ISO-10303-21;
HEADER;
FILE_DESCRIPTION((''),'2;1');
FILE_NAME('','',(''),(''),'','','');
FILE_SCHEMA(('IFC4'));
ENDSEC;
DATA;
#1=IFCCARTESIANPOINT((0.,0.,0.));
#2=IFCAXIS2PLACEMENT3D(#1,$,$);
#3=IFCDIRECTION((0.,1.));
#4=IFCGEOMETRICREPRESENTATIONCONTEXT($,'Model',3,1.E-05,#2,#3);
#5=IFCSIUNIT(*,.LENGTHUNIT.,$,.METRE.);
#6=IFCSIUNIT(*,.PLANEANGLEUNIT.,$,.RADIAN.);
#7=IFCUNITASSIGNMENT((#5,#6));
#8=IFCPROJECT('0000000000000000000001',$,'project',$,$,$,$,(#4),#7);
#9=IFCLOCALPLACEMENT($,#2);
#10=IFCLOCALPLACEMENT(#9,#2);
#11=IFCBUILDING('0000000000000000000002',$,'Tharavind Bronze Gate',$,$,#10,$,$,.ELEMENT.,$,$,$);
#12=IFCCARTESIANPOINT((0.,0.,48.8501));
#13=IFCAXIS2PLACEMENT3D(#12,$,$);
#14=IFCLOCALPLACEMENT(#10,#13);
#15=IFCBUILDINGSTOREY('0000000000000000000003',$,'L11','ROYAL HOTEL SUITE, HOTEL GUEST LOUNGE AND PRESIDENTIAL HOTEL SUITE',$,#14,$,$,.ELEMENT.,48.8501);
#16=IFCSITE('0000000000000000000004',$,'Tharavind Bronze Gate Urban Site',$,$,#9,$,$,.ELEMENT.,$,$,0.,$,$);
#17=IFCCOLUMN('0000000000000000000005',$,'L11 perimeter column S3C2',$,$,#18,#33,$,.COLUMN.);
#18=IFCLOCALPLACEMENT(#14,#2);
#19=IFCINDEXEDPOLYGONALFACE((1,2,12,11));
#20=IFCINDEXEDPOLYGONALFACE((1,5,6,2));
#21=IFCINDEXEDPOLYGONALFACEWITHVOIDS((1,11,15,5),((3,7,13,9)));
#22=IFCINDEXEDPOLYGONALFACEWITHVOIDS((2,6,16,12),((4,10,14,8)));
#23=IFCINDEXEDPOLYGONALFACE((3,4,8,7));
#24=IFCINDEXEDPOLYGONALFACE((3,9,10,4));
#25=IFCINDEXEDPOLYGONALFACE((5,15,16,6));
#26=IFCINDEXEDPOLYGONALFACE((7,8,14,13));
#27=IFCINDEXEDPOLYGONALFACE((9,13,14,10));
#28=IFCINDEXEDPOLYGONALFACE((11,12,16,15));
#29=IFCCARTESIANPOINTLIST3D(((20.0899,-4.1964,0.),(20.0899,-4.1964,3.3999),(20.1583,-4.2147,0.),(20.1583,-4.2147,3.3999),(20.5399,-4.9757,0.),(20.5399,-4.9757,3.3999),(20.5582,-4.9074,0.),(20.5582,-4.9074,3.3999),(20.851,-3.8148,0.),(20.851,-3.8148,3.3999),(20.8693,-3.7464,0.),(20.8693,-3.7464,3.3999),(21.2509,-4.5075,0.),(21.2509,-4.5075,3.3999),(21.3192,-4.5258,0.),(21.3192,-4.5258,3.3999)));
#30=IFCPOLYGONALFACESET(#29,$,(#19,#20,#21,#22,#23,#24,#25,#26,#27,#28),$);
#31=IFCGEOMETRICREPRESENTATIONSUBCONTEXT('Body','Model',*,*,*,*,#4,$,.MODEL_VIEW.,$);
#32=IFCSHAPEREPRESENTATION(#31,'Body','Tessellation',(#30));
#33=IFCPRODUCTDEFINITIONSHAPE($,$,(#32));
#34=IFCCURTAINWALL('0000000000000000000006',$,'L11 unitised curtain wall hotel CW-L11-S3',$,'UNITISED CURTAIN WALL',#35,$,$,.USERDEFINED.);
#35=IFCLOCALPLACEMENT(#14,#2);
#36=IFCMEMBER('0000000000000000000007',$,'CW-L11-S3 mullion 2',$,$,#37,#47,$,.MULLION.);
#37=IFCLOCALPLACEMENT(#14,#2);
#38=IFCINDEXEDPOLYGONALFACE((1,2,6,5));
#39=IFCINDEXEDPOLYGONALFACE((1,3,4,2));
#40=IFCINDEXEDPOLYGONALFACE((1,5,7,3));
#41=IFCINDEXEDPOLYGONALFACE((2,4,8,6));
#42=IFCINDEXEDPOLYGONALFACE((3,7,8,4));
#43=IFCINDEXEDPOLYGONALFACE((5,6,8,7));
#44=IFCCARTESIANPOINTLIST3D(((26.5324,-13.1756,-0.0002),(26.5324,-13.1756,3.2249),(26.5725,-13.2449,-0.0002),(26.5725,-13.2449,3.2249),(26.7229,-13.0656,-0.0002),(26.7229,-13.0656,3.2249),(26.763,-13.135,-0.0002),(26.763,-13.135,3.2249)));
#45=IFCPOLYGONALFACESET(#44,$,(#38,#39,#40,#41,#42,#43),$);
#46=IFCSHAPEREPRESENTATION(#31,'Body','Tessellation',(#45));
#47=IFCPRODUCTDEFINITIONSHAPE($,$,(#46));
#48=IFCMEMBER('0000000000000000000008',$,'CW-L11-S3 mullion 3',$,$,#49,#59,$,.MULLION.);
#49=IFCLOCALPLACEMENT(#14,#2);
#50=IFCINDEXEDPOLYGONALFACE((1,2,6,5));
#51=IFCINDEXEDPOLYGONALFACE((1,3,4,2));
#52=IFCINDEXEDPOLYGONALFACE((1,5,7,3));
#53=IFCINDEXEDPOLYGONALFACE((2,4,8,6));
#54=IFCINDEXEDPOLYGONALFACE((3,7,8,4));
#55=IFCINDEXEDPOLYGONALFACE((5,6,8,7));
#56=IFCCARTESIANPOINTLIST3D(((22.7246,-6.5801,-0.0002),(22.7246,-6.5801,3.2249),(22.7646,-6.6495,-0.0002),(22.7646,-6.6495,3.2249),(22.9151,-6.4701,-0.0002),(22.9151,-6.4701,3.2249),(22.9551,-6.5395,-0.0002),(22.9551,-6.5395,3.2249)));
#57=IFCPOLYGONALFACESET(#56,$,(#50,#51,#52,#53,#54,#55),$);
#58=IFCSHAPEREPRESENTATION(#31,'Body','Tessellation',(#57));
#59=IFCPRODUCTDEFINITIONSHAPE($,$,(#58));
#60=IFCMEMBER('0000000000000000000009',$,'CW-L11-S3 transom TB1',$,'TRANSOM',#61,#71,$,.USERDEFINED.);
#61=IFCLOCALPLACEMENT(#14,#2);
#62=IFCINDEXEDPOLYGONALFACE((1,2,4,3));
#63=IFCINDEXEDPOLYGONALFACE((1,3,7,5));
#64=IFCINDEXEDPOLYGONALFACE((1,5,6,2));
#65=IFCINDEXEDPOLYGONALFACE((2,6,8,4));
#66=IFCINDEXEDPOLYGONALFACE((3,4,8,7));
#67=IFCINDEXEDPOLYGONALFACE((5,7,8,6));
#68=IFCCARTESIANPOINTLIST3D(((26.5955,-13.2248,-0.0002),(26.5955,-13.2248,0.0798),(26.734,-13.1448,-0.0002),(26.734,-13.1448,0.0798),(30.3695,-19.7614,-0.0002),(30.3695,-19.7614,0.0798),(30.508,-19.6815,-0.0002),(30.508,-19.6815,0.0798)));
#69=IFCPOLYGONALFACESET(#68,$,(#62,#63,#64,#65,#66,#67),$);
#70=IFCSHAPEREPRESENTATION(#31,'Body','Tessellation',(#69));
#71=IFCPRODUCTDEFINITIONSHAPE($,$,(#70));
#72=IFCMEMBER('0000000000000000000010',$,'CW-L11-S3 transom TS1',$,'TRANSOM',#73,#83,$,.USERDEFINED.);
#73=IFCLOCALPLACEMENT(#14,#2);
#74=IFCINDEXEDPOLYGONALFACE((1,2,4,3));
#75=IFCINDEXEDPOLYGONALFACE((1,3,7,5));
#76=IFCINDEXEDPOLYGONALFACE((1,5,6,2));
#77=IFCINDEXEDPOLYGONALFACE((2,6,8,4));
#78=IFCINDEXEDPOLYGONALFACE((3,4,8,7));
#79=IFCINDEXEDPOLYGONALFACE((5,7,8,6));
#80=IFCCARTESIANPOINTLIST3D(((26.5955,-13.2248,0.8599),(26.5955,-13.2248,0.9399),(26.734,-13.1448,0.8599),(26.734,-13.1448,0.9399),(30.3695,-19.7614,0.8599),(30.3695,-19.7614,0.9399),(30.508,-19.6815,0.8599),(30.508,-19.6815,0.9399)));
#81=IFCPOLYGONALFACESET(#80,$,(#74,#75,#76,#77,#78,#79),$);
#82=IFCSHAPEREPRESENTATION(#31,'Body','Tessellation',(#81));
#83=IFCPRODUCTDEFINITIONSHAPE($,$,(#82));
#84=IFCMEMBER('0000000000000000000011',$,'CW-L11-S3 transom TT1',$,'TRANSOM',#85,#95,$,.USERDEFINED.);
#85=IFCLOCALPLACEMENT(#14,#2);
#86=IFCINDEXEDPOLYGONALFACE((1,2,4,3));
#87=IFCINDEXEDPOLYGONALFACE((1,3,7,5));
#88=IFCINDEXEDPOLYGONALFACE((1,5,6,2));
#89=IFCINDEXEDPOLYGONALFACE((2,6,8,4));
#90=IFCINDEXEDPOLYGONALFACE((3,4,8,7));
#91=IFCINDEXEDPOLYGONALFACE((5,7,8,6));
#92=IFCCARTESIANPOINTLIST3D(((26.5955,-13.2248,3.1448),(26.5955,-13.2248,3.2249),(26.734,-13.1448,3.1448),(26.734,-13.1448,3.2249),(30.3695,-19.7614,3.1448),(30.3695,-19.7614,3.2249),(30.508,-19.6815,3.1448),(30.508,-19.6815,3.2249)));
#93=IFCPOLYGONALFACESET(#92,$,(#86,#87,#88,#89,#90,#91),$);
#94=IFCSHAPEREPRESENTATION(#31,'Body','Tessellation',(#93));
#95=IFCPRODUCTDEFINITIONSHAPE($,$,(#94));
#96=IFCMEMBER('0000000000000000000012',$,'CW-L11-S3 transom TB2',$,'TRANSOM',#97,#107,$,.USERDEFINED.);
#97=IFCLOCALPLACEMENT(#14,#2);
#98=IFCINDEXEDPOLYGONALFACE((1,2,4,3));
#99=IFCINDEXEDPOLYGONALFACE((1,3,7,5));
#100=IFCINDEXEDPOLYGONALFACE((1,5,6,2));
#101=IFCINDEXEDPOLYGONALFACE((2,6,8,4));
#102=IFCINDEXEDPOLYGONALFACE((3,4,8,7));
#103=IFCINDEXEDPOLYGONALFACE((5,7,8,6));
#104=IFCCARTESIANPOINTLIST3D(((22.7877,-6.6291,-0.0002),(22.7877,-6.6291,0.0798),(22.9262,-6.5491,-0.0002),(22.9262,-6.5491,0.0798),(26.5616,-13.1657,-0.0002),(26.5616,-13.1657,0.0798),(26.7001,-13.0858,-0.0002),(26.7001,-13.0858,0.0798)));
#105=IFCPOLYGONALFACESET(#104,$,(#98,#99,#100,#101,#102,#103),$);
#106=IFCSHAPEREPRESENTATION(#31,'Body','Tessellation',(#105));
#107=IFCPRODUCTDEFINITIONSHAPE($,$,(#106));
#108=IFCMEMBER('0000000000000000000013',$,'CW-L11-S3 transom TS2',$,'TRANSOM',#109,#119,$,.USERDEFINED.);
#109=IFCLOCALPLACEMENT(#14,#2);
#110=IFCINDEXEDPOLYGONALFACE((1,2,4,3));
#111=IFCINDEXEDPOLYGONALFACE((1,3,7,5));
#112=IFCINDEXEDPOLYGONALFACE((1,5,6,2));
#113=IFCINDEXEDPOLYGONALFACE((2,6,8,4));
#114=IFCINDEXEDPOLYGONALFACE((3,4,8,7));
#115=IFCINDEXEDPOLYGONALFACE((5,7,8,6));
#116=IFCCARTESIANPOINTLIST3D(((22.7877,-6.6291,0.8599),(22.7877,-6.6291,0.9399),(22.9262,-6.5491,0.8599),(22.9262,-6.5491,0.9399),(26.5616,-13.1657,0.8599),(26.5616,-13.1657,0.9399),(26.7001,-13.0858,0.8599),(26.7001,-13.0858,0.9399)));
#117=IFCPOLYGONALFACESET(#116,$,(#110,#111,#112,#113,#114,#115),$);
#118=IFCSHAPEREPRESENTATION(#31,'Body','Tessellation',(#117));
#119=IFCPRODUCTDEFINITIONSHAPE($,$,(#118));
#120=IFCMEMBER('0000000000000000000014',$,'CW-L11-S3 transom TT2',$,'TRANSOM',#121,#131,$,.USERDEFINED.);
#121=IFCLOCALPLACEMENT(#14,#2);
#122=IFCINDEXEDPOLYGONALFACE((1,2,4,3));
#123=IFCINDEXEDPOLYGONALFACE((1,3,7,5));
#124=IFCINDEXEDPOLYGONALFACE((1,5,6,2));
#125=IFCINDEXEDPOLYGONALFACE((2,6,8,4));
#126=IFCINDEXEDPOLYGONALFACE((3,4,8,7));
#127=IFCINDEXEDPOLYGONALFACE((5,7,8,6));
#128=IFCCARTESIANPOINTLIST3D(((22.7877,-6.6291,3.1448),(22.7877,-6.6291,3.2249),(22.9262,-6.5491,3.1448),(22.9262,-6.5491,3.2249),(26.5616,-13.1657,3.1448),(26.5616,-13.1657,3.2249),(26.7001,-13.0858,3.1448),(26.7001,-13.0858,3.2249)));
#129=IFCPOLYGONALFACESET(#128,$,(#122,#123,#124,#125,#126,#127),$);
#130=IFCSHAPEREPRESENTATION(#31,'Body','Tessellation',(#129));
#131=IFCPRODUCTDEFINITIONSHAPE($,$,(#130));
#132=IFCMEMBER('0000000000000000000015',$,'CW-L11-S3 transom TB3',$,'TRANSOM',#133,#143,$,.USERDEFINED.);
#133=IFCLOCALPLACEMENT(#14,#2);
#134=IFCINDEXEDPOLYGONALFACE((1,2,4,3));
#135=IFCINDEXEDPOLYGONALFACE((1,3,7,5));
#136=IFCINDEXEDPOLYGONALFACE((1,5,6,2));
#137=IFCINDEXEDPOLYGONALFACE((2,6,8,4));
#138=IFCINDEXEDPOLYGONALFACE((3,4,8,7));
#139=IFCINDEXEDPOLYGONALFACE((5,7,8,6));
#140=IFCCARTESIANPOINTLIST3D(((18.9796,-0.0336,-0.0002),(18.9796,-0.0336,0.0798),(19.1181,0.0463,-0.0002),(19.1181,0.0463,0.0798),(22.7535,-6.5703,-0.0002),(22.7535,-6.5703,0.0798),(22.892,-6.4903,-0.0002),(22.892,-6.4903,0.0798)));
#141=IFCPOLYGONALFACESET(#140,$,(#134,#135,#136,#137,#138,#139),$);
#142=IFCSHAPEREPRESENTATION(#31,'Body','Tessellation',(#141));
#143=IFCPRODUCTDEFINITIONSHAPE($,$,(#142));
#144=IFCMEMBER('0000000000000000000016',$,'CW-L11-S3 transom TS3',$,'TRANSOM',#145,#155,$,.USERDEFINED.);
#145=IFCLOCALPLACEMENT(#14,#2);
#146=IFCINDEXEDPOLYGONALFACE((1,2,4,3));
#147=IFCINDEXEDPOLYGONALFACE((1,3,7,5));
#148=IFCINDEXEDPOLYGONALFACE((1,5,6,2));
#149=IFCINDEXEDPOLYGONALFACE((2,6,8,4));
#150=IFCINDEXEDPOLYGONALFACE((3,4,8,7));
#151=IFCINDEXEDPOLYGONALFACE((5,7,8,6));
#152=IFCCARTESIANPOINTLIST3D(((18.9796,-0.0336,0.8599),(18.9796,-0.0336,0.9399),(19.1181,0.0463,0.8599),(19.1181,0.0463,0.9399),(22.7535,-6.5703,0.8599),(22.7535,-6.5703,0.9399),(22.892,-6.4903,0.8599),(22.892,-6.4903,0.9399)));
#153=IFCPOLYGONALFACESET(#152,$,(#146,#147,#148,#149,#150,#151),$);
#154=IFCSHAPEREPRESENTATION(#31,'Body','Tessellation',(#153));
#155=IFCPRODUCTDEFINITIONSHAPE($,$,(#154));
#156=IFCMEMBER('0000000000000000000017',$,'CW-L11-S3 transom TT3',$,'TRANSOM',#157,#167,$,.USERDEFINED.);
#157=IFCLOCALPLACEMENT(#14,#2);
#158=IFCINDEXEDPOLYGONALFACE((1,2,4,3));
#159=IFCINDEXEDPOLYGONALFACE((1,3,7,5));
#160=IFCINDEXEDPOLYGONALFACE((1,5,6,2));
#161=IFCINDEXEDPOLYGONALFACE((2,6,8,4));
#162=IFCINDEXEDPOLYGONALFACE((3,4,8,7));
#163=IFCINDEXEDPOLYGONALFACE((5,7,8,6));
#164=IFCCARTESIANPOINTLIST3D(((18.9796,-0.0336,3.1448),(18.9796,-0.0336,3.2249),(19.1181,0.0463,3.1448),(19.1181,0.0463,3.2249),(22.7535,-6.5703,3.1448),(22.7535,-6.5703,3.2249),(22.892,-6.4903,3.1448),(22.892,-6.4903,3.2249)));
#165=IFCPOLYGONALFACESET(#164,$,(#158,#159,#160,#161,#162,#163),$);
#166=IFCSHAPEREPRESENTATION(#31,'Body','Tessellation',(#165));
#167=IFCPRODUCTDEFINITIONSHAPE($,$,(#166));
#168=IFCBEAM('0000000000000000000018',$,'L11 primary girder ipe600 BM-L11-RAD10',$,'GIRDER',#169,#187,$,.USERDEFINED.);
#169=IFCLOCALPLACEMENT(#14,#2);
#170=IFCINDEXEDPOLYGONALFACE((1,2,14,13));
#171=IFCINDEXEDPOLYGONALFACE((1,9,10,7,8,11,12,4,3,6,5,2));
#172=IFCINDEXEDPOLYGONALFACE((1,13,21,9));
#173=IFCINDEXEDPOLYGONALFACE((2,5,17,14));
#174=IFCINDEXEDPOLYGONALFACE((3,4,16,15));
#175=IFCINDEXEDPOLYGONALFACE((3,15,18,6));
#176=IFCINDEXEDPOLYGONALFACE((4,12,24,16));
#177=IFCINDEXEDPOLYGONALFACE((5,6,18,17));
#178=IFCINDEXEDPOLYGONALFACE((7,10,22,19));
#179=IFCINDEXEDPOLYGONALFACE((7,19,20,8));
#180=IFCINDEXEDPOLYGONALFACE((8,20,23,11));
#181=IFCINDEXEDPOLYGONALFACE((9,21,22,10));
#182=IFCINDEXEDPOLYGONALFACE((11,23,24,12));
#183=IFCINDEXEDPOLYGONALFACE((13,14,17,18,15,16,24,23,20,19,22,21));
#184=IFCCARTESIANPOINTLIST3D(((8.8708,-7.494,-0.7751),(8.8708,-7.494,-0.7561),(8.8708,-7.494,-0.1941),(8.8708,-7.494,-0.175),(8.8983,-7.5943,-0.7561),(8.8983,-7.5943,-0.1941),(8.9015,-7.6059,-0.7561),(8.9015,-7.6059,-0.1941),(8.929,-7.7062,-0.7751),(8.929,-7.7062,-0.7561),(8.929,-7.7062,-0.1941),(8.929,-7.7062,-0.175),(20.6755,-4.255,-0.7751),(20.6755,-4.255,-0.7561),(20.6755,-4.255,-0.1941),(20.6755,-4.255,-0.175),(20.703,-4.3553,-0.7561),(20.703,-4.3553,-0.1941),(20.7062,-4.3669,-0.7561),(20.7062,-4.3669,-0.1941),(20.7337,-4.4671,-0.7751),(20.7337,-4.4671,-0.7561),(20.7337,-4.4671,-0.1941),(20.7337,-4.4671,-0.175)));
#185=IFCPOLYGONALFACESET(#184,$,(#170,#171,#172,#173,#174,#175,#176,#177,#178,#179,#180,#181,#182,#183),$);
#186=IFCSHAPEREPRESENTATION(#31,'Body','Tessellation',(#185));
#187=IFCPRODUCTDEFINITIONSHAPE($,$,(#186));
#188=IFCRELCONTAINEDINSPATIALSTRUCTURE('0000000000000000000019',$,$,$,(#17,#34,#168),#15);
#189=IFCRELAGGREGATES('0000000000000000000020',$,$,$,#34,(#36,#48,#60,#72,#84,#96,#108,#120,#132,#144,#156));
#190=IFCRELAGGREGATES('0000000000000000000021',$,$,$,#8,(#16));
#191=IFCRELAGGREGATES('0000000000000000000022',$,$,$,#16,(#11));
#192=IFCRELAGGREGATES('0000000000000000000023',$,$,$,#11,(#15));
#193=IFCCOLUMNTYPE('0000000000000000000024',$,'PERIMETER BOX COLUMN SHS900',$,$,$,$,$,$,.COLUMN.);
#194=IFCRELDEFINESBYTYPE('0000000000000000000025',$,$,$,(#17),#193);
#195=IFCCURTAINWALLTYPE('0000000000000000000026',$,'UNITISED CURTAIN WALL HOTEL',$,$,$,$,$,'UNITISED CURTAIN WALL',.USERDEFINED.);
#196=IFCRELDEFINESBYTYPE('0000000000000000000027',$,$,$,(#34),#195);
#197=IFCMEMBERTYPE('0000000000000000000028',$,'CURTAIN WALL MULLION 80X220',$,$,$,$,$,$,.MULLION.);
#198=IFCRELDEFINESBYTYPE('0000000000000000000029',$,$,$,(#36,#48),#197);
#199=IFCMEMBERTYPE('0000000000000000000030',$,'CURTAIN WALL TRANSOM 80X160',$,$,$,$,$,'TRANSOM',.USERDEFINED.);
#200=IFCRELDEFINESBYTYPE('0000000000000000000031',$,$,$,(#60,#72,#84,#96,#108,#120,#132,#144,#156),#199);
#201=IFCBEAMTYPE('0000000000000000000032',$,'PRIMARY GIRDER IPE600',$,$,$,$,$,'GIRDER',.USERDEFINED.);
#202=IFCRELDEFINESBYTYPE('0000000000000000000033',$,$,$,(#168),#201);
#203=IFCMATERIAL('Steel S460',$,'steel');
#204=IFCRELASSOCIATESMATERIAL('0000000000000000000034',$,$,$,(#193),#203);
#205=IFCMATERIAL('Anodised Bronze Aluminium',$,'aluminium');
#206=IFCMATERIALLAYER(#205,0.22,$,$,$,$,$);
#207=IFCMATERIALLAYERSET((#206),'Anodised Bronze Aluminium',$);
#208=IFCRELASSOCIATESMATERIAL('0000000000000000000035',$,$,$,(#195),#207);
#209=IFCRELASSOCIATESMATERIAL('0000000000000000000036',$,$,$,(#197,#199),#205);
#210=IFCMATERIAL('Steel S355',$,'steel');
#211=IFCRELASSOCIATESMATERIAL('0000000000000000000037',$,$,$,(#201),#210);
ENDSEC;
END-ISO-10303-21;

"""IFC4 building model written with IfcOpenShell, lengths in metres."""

from ifc_helpers import new_model, si_unit, direction, frame, origin, origin_2d, place, context, subcontext, project, spatial, rectangle, hollow_rectangle, i_section, extrude, material, layer, layer_set, material_profile, profile_set, type_object, element, aggregate, save


model = new_model("IFC4")

# Units and contexts
model_context = context("Model", 3, precision=1e-05, world=origin(), true_north=direction((0.0, 1.0)))
body_context = subcontext(model_context, "Body", "Model", "MODEL_VIEW")
ifc_project = project(units=[si_unit("LENGTHUNIT", "METRE"), si_unit("PLANEANGLEUNIT", "RADIAN")], contexts=[model_context])

# Site, building, storey
site_placement = place(None, origin())
site = spatial("IfcSite", under=ifc_project, at=site_placement, Name="Tharavind Bronze Gate Urban Site", CompositionType="ELEMENT", RefElevation=0.0)
building_placement = place(site_placement, origin())
building = spatial("IfcBuilding", under=site, at=building_placement, Name="Tharavind Bronze Gate", CompositionType="ELEMENT")
storey_placement = place(building_placement, frame((0.0, 0.0, 48.8501)))
storey = spatial("IfcBuildingStorey", under=building, at=storey_placement, Name="L11", Description="ROYAL HOTEL SUITE, HOTEL GUEST LOUNGE AND PRESIDENTIAL HOTEL SUITE", CompositionType="ELEMENT", Elevation=48.8501)

# Column
ifc_material_1 = material(Name="Steel S460", Category="steel")
ifc_material_profile_1 = material_profile(ifc_material_1, hollow_rectangle(XDim=0.8999, YDim=0.8999, WallThickness=0.05, at=origin_2d()), Name="SHS900X50")
ifc_profile_set_1 = profile_set([ifc_material_profile_1], Name="Steel S460")
column_type = type_object("IfcColumnType", Name="PERIMETER BOX COLUMN SHS900", PredefinedType="COLUMN", material=ifc_profile_set_1)
column_placement = place(storey_placement, frame((20.7046, -4.3611, 0.0), z_axis=(0.0, 0.0, 1.0), x_axis=(-0.500002, 0.866025, 0.0)))
element("IfcColumn", 1, at=column_placement, inside=storey, type_object=column_type, Name="L11 perimeter column S3C2", PredefinedType="COLUMN", context=body_context, shape_type="SweptSolid", body=[
    extrude(hollow_rectangle(XDim=0.8999, YDim=0.8999, WallThickness=0.05, at=origin_2d()), origin(), (0.0, 0.0, 1.0), 3.3999),
])

# Curtain wall, members
ifc_material_2 = material(Name="Anodised Bronze Aluminium", Category="aluminium")
ifc_layer_1 = layer(ifc_material_2, 0.22)
ifc_layer_set_1 = layer_set([ifc_layer_1], Name="Anodised Bronze Aluminium")
curtain_wall_type = type_object("IfcCurtainWallType", Name="UNITISED CURTAIN WALL HOTEL", ElementType="UNITISED CURTAIN WALL", PredefinedType="USERDEFINED", material=ifc_layer_set_1)
curtain_wall_placement = place(storey_placement, origin())
curtain_wall = element("IfcCurtainWall", 2, at=curtain_wall_placement, inside=storey, type_object=curtain_wall_type, Name="L11 unitised curtain wall hotel CW-L11-S3", ObjectType="UNITISED CURTAIN WALL", PredefinedType="USERDEFINED")
member_type_1 = type_object("IfcMemberType", Name="CURTAIN WALL MULLION 80X220", PredefinedType="MULLION", material=ifc_material_2)
member_1_placement = place(storey_placement, frame((26.6477, -13.1553, -0.0002), z_axis=(0.0, 0.0, 1.0), x_axis=(-0.500002, 0.866025, 0.0)))
member_1 = element("IfcMember", 3, at=member_1_placement, type_object=member_type_1, Name="CW-L11-S3 mullion 2", PredefinedType="MULLION", context=body_context, shape_type="SweptSolid", body=[
    extrude(rectangle(XDim=0.0801, YDim=0.22, at=origin_2d()), origin(), (0.0, 0.0, 1.0), 3.2251),
])
member_2_placement = place(storey_placement, frame((22.8398, -6.5598, -0.0002), z_axis=(0.0, 0.0, 1.0), x_axis=(-0.500002, 0.866025, 0.0)))
member_2 = element("IfcMember", 4, at=member_2_placement, type_object=member_type_1, Name="CW-L11-S3 mullion 3", PredefinedType="MULLION", context=body_context, shape_type="SweptSolid", body=[
    extrude(rectangle(XDim=0.0801, YDim=0.22, at=origin_2d()), origin(), (0.0, 0.0, 1.0), 3.2251),
])
member_type_2 = type_object("IfcMemberType", Name="CURTAIN WALL TRANSOM 80X160", ElementType="TRANSOM", PredefinedType="USERDEFINED", material=ifc_material_2)
member_3_placement = place(storey_placement, frame((28.5518, -16.4531, -0.0002), z_axis=(0.0, 0.0, 1.0), x_axis=(-0.500002, 0.866025, 0.0)))
member_3 = element("IfcMember", 5, at=member_3_placement, type_object=member_type_2, Name="CW-L11-S3 transom TB1", ObjectType="TRANSOM", PredefinedType="USERDEFINED", context=body_context, shape_type="SweptSolid", body=[
    extrude(rectangle(XDim=7.5479, YDim=0.1599, at=origin_2d()), origin(), (0.0, 0.0, 1.0), 0.0801),
])
member_4_placement = place(storey_placement, frame((28.5518, -16.4531, 0.8599), z_axis=(0.0, 0.0, 1.0), x_axis=(-0.500002, 0.866025, 0.0)))
member_4 = element("IfcMember", 6, at=member_4_placement, type_object=member_type_2, Name="CW-L11-S3 transom TS1", ObjectType="TRANSOM", PredefinedType="USERDEFINED", context=body_context, shape_type="SweptSolid", body=[
    extrude(rectangle(XDim=7.5479, YDim=0.1599, at=origin_2d()), origin(), (0.0, 0.0, 1.0), 0.0801),
])
member_5_placement = place(storey_placement, frame((28.5518, -16.4531, 3.1448), z_axis=(0.0, 0.0, 1.0), x_axis=(-0.500002, 0.866025, 0.0)))
member_5 = element("IfcMember", 7, at=member_5_placement, type_object=member_type_2, Name="CW-L11-S3 transom TT1", ObjectType="TRANSOM", PredefinedType="USERDEFINED", context=body_context, shape_type="SweptSolid", body=[
    extrude(rectangle(XDim=7.5479, YDim=0.1599, at=origin_2d()), origin(), (0.0, 0.0, 1.0), 0.0801),
])
member_6_placement = place(storey_placement, frame((24.7439, -9.8574, -0.0002), z_axis=(0.0, 0.0, 1.0), x_axis=(-0.500002, 0.866025, 0.0)))
member_6 = element("IfcMember", 8, at=member_6_placement, type_object=member_type_2, Name="CW-L11-S3 transom TB2", ObjectType="TRANSOM", PredefinedType="USERDEFINED", context=body_context, shape_type="SweptSolid", body=[
    extrude(rectangle(XDim=7.5479, YDim=0.1599, at=origin_2d()), origin(), (0.0, 0.0, 1.0), 0.0801),
])
member_7_placement = place(storey_placement, frame((24.7439, -9.8574, 0.8599), z_axis=(0.0, 0.0, 1.0), x_axis=(-0.500002, 0.866025, 0.0)))
member_7 = element("IfcMember", 9, at=member_7_placement, type_object=member_type_2, Name="CW-L11-S3 transom TS2", ObjectType="TRANSOM", PredefinedType="USERDEFINED", context=body_context, shape_type="SweptSolid", body=[
    extrude(rectangle(XDim=7.5479, YDim=0.1599, at=origin_2d()), origin(), (0.0, 0.0, 1.0), 0.0801),
])
member_8_placement = place(storey_placement, frame((24.7439, -9.8574, 3.1448), z_axis=(0.0, 0.0, 1.0), x_axis=(-0.500002, 0.866025, 0.0)))
member_8 = element("IfcMember", 10, at=member_8_placement, type_object=member_type_2, Name="CW-L11-S3 transom TT2", ObjectType="TRANSOM", PredefinedType="USERDEFINED", context=body_context, shape_type="SweptSolid", body=[
    extrude(rectangle(XDim=7.5479, YDim=0.1599, at=origin_2d()), origin(), (0.0, 0.0, 1.0), 0.0801),
])
member_9_placement = place(storey_placement, frame((20.9358, -3.262, -0.0002), z_axis=(0.0, 0.0, 1.0), x_axis=(-0.500002, 0.866025, 0.0)))
member_9 = element("IfcMember", 11, at=member_9_placement, type_object=member_type_2, Name="CW-L11-S3 transom TB3", ObjectType="TRANSOM", PredefinedType="USERDEFINED", context=body_context, shape_type="SweptSolid", body=[
    extrude(rectangle(XDim=7.5479, YDim=0.1599, at=origin_2d()), origin(), (0.0, 0.0, 1.0), 0.0801),
])
member_10_placement = place(storey_placement, frame((20.9358, -3.262, 0.8599), z_axis=(0.0, 0.0, 1.0), x_axis=(-0.500002, 0.866025, 0.0)))
member_10 = element("IfcMember", 12, at=member_10_placement, type_object=member_type_2, Name="CW-L11-S3 transom TS3", ObjectType="TRANSOM", PredefinedType="USERDEFINED", context=body_context, shape_type="SweptSolid", body=[
    extrude(rectangle(XDim=7.5479, YDim=0.1599, at=origin_2d()), origin(), (0.0, 0.0, 1.0), 0.0801),
])
member_11_placement = place(storey_placement, frame((20.9358, -3.262, 3.1448), z_axis=(0.0, 0.0, 1.0), x_axis=(-0.500002, 0.866025, 0.0)))
member_11 = element("IfcMember", 13, at=member_11_placement, type_object=member_type_2, Name="CW-L11-S3 transom TT3", ObjectType="TRANSOM", PredefinedType="USERDEFINED", context=body_context, shape_type="SweptSolid", body=[
    extrude(rectangle(XDim=7.5479, YDim=0.1599, at=origin_2d()), origin(), (0.0, 0.0, 1.0), 0.0801),
])

# Beam
ifc_material_3 = material(Name="Steel S355", Category="steel")
ifc_material_profile_2 = material_profile(ifc_material_3, i_section(OverallWidth=0.22, OverallDepth=0.6001, WebThickness=0.012, FlangeThickness=0.019, at=origin_2d()), Name="IPE600")
ifc_profile_set_2 = profile_set([ifc_material_profile_2], Name="Steel S355")
beam_type_1 = type_object("IfcBeamType", Name="PRIMARY GIRDER IPE600", ElementType="GIRDER", PredefinedType="USERDEFINED", material=ifc_profile_set_2)
beam_1_placement = place(storey_placement, frame((20.7046, -4.3611, -0.4751), z_axis=(-0.964357, -0.264604, 0.0), x_axis=(0.264604, -0.964357, 0.0)))
element("IfcBeam", 14, at=beam_1_placement, inside=storey, type_object=beam_type_1, Name="L11 primary girder ipe600 BM-L11-RAD10", ObjectType="GIRDER", PredefinedType="USERDEFINED", context=body_context, shape_type="SweptSolid", body=[
    extrude(i_section(OverallWidth=0.22, OverallDepth=0.6001, WebThickness=0.012, FlangeThickness=0.019, at=origin_2d()), origin(), (0.0, 0.0, 1.0), 12.241),
])

aggregate(curtain_wall, [member_1, member_2, member_3, member_4, member_5, member_6, member_7, member_8, member_9, member_10, member_11])

save(model, "model.ifc")
